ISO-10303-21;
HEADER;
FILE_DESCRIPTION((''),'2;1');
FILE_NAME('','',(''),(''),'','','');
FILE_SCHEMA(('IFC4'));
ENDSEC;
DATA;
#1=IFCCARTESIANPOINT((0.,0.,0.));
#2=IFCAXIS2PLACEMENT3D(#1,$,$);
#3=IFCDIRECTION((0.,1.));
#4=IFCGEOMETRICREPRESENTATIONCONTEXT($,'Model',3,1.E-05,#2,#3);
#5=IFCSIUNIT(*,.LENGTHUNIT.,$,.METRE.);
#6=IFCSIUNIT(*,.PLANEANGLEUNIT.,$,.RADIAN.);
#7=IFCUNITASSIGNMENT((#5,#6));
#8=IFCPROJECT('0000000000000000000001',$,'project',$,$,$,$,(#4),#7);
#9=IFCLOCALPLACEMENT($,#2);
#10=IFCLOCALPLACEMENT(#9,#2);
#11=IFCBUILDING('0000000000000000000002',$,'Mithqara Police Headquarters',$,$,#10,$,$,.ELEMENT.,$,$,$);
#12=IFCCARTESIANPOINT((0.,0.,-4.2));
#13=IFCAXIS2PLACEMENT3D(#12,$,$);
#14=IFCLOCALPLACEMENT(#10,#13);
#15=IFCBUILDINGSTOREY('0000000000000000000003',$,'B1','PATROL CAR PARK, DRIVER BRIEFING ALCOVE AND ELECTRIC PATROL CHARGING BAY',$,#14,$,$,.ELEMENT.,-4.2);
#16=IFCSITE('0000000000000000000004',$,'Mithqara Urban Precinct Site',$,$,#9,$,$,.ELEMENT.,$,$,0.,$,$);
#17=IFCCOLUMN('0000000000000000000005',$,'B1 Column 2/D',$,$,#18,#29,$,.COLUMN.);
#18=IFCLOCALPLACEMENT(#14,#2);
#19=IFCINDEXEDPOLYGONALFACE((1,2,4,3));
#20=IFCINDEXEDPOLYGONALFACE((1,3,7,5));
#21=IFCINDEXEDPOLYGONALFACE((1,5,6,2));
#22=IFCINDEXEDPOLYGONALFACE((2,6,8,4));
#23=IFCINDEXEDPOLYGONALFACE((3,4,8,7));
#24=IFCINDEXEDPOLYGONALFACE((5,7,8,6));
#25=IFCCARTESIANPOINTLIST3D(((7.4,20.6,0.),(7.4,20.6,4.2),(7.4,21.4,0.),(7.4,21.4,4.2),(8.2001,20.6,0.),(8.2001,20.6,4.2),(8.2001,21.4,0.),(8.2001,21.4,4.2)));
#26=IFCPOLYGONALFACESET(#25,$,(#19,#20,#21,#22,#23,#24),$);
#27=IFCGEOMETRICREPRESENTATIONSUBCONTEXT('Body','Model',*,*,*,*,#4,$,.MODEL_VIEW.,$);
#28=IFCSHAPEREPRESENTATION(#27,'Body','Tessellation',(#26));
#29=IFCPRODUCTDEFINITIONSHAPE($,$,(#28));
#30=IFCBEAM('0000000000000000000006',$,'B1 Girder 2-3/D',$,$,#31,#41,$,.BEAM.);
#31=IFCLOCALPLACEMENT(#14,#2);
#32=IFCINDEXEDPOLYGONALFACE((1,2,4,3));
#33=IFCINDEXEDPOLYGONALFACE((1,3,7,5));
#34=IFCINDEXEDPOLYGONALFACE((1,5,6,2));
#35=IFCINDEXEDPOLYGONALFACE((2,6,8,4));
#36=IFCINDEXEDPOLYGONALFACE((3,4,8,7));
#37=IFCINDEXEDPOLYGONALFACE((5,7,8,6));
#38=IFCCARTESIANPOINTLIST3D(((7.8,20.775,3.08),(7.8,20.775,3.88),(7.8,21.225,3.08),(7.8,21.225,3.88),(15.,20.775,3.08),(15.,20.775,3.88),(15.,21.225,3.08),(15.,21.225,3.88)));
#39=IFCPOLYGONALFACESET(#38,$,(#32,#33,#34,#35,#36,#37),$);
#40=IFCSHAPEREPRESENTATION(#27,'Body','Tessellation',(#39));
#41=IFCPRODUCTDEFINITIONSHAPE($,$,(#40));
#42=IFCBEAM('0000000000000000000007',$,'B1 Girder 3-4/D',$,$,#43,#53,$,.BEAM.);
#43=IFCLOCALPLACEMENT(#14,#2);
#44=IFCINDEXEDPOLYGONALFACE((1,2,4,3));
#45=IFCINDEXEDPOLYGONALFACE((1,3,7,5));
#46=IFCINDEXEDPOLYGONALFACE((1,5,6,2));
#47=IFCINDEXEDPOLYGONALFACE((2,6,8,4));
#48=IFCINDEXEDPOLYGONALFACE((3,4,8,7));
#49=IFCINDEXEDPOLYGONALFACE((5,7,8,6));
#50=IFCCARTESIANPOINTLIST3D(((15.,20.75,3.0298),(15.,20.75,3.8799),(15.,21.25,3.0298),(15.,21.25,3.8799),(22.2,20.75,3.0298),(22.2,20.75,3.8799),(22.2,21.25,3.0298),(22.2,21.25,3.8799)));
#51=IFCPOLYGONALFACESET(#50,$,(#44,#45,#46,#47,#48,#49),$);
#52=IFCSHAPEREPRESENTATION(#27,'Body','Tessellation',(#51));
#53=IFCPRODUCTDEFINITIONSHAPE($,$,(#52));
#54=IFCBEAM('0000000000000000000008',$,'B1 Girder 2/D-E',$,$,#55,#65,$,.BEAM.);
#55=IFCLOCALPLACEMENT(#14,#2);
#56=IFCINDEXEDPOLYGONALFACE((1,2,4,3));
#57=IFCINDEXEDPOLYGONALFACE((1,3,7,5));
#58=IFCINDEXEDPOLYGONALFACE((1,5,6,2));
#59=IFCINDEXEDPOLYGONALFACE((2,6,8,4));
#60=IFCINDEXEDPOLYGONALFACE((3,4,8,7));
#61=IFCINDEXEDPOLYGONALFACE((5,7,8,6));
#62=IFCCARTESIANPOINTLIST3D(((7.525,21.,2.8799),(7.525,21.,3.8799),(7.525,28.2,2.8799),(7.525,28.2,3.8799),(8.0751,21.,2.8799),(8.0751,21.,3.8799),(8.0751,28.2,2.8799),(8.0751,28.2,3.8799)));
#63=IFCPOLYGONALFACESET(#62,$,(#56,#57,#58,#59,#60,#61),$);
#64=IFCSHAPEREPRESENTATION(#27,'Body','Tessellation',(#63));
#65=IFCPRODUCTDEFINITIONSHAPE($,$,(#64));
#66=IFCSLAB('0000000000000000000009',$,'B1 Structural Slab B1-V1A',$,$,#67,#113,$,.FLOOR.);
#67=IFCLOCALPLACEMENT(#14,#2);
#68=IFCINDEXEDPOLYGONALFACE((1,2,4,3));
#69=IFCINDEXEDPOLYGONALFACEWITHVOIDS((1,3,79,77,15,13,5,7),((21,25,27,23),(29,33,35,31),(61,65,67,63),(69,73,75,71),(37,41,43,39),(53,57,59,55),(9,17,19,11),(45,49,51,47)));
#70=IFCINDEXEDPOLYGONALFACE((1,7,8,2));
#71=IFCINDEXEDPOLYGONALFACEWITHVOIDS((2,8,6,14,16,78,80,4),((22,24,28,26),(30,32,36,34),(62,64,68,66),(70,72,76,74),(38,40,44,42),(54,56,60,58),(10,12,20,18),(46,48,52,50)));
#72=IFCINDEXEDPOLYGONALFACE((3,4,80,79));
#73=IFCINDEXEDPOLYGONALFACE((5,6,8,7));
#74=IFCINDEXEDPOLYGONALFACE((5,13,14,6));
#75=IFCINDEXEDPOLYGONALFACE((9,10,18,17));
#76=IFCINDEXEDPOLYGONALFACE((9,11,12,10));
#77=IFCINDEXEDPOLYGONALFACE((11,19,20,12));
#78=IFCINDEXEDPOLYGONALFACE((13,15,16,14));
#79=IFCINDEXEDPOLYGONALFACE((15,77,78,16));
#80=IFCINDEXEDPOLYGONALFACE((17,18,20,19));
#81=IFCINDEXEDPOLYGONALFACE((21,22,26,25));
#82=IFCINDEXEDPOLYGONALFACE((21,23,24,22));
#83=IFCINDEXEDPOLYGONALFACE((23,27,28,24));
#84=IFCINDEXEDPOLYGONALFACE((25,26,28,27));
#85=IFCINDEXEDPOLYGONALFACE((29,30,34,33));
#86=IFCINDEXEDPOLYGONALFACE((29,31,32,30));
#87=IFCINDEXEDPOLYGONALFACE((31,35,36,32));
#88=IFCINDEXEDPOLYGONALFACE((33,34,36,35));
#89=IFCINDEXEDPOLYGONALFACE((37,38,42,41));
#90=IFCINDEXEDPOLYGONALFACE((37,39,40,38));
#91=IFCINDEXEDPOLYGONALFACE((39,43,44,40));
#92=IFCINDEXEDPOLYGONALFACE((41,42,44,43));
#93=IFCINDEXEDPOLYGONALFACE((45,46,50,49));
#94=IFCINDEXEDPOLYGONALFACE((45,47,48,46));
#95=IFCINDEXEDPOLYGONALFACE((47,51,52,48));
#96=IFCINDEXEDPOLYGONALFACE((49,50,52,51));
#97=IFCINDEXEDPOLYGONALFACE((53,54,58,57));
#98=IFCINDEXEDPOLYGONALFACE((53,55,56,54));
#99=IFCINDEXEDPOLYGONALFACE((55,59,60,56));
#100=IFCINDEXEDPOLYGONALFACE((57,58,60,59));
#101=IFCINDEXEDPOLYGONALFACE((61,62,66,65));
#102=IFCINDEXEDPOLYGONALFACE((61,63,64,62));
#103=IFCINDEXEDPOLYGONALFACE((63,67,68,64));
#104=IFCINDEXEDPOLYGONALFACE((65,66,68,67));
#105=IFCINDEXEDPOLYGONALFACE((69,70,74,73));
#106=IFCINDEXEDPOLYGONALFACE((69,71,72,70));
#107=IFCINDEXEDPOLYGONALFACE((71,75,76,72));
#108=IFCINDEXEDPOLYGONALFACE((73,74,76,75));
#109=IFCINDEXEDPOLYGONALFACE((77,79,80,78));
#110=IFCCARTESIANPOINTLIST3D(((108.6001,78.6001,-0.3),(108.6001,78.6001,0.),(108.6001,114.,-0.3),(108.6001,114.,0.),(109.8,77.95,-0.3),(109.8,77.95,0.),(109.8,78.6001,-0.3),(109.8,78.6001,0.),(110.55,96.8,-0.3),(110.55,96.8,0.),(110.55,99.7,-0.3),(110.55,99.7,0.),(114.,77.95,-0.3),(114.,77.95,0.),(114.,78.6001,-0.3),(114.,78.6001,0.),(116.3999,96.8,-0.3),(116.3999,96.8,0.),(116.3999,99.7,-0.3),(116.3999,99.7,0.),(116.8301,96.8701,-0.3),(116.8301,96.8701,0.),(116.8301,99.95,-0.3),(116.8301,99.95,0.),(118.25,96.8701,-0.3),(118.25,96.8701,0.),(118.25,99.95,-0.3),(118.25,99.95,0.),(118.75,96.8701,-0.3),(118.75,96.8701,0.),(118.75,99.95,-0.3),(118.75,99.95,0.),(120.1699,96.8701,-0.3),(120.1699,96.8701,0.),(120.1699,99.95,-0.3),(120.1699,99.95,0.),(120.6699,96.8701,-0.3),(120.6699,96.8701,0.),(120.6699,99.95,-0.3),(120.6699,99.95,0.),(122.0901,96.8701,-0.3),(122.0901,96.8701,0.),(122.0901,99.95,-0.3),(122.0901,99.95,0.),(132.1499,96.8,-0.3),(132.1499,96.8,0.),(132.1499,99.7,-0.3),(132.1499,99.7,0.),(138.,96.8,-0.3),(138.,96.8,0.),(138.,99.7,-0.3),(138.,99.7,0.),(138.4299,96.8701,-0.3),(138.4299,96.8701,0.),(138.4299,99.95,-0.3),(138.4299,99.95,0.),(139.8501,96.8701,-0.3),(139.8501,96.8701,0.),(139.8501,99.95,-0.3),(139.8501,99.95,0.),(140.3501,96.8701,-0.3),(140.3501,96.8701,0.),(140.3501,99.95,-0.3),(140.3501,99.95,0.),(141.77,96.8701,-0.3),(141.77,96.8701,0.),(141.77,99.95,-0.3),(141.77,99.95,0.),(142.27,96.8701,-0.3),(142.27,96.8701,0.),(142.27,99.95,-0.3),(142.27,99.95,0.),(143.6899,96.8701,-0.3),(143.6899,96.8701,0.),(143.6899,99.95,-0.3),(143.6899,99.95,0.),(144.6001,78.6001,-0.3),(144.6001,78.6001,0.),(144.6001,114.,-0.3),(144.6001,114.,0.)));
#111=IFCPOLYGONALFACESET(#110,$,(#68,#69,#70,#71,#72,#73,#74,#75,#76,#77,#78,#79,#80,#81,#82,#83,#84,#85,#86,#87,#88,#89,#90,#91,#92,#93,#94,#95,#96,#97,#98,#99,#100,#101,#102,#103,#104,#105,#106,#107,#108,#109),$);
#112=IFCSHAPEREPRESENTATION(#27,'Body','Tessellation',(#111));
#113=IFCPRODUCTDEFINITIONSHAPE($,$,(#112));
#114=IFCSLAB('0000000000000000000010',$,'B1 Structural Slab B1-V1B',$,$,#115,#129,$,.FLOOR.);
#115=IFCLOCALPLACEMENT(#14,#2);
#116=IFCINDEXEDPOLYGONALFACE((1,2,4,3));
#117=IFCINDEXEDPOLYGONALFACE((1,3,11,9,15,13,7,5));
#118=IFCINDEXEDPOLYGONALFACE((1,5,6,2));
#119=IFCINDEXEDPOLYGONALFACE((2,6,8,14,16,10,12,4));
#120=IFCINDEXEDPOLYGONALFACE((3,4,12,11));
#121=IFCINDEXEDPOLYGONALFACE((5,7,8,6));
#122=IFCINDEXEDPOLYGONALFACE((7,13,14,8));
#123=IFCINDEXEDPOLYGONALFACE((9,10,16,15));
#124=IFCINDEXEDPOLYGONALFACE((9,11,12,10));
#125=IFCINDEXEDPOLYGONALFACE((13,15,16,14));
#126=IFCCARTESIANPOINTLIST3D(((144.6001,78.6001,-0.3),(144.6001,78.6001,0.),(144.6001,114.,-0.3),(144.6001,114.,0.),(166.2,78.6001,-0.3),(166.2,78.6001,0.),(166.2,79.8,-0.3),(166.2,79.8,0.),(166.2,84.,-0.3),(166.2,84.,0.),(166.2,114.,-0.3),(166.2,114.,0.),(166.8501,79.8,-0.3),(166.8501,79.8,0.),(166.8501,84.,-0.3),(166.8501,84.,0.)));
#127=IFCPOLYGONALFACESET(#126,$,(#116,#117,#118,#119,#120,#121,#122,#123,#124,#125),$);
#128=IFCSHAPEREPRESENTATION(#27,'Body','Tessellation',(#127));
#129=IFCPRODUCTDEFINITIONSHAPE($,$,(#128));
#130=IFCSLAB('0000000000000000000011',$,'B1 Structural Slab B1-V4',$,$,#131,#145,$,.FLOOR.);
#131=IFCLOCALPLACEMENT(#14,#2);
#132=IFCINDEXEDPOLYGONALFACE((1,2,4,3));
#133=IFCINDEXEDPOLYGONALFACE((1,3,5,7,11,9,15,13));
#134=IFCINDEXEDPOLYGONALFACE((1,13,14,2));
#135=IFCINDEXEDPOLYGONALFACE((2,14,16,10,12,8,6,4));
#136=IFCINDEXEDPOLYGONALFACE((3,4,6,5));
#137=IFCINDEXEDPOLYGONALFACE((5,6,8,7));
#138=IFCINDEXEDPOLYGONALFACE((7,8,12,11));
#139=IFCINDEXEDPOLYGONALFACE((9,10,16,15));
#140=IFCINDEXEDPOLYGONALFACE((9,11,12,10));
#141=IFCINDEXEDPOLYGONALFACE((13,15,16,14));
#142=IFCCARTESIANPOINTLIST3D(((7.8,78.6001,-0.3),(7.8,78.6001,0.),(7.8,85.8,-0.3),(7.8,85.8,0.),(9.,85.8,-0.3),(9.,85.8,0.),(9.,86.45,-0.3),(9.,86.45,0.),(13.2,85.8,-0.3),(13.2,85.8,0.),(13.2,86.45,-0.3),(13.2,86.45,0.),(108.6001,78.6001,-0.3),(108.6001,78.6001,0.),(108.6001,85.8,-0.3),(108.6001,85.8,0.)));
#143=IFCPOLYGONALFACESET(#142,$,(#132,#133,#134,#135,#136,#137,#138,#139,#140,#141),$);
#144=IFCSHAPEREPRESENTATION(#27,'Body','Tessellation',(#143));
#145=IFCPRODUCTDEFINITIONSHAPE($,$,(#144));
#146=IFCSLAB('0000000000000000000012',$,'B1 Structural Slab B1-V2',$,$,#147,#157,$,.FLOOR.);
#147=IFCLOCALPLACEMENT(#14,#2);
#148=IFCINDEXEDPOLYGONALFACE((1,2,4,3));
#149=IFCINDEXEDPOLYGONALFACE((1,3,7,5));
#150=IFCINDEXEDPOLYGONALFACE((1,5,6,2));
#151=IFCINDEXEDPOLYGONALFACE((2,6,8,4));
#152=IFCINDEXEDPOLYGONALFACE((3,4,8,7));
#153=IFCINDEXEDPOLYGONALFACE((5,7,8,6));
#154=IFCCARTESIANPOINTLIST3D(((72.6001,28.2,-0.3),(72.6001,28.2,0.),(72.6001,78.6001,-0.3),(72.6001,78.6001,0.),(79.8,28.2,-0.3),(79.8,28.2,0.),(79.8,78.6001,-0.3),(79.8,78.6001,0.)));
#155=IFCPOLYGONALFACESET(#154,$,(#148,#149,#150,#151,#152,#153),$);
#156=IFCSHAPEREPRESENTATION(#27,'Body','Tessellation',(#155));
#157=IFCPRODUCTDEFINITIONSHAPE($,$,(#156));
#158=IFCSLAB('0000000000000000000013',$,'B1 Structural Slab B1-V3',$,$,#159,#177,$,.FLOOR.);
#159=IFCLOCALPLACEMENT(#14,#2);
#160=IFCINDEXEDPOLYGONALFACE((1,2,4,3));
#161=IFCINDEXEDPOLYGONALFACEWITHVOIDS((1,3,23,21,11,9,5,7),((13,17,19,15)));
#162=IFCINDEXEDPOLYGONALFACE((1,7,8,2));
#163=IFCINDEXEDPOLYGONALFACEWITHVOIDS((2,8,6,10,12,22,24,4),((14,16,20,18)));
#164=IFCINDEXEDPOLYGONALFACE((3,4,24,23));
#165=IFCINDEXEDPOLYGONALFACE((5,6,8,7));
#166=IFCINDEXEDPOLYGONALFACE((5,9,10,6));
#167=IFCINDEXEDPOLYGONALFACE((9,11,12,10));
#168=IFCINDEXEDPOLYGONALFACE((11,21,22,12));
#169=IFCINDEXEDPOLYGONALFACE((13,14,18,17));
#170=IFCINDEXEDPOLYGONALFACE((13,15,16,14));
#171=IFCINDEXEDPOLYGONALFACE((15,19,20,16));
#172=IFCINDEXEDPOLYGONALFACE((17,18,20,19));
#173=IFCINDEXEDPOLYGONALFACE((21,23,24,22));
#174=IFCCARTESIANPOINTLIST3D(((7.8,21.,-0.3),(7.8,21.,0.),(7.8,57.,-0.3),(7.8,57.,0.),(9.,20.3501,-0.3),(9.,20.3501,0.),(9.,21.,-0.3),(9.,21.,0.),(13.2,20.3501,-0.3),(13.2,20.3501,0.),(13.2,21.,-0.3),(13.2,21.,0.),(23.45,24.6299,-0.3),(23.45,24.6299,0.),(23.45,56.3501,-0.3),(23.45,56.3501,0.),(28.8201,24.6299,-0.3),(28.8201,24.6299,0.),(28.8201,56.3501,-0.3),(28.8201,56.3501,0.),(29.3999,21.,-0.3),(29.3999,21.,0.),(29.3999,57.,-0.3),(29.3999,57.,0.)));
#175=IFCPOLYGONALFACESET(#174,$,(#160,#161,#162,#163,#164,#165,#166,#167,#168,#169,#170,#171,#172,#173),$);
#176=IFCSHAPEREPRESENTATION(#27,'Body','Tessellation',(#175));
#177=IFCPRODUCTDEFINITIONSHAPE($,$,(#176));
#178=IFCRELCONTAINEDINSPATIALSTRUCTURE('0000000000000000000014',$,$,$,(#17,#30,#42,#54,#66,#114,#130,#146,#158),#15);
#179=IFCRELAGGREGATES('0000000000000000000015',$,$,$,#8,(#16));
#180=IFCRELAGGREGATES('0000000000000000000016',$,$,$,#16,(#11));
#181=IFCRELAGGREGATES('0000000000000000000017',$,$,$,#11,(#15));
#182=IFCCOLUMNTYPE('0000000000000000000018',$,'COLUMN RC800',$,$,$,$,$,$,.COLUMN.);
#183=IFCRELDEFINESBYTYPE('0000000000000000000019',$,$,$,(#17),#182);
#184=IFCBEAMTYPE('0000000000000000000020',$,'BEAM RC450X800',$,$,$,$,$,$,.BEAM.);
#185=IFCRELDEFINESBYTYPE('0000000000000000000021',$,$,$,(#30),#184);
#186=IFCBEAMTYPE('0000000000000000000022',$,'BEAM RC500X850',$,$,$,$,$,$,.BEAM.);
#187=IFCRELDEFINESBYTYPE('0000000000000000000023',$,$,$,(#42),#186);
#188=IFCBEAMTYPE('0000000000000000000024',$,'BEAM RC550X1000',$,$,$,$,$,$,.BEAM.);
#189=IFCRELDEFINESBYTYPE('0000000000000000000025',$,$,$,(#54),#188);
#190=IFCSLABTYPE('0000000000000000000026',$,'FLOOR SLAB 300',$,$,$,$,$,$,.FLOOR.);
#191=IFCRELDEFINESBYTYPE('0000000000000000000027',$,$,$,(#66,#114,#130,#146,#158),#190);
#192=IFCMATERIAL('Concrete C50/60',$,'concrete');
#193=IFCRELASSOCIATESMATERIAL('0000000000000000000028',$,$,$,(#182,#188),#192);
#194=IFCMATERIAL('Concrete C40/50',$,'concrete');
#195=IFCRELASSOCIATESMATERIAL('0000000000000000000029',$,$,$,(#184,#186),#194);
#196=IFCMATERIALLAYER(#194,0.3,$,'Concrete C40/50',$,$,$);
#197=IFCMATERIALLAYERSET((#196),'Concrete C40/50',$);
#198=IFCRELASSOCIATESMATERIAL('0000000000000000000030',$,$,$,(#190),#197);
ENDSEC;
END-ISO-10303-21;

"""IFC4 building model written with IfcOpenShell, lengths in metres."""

from ifc_helpers import new_model, si_unit, direction, frame, origin, origin_2d, place, context, subcontext, project, spatial, polyline, rectangle, outline, extrude, material, layer, layer_set, material_profile, profile_set, type_object, element, save


model = new_model("IFC4")

# Units and contexts
model_context = context("Model", 3, precision=1e-05, world=origin(), true_north=direction((0.0, 1.0)))
body_context = subcontext(model_context, "Body", "Model", "MODEL_VIEW")
ifc_project = project(units=[si_unit("LENGTHUNIT", "METRE"), si_unit("PLANEANGLEUNIT", "RADIAN")], contexts=[model_context])

# Site, building, storey
site_placement = place(None, origin())
site = spatial("IfcSite", under=ifc_project, at=site_placement, Name="Mithqara Urban Precinct Site", CompositionType="ELEMENT", RefElevation=0.0)
building_placement = place(site_placement, origin())
building = spatial("IfcBuilding", under=site, at=building_placement, Name="Mithqara Police Headquarters", CompositionType="ELEMENT")
storey_placement = place(building_placement, frame((0.0, 0.0, -4.2)))
storey = spatial("IfcBuildingStorey", under=building, at=storey_placement, Name="B1", Description="PATROL CAR PARK, DRIVER BRIEFING ALCOVE AND ELECTRIC PATROL CHARGING BAY", CompositionType="ELEMENT", Elevation=-4.2)

# Shared definitions
ifc_material_1 = material(Name="Concrete C40/50", Category="concrete")

# Column
ifc_material_2 = material(Name="Concrete C50/60", Category="concrete")
ifc_material_profile_1 = material_profile(ifc_material_2, rectangle(XDim=0.8, YDim=0.8, at=origin_2d()), Name="RC 800x800")
ifc_profile_set_1 = profile_set([ifc_material_profile_1], Name="Concrete C50/60")
column_type_1 = type_object("IfcColumnType", Name="COLUMN RC800", PredefinedType="COLUMN", material=ifc_profile_set_1)
column_1_placement = place(storey_placement, frame((7.8, 21.0, 0.0), z_axis=(0.0, 0.0, 1.0), x_axis=(1.0, 0.0, 0.0)))
element("IfcColumn", 1, at=column_1_placement, inside=storey, type_object=column_type_1, Name="B1 Column 2/D", PredefinedType="COLUMN", context=body_context, shape_type="SweptSolid", body=[
    extrude(rectangle(XDim=0.8, YDim=0.8, at=origin_2d()), origin(), (0.0, 0.0, 1.0), 4.2),
])

# Beams
ifc_material_profile_2 = material_profile(ifc_material_1, rectangle(XDim=0.45, YDim=0.8, at=origin_2d()), Name="RC 450x800")
ifc_profile_set_2 = profile_set([ifc_material_profile_2], Name="Concrete C40/50")
beam_type_1 = type_object("IfcBeamType", Name="BEAM RC450X800", PredefinedType="BEAM", material=ifc_profile_set_2)
beam_1_placement = place(storey_placement, frame((7.8, 21.0, 3.48), z_axis=(1.0, 0.0, 0.0), x_axis=(0.0, 1.0, 0.0)))
element("IfcBeam", 2, at=beam_1_placement, inside=storey, type_object=beam_type_1, Name="B1 Girder 2-3/D", PredefinedType="BEAM", context=body_context, shape_type="SweptSolid", body=[
    extrude(rectangle(XDim=0.45, YDim=0.8, at=origin_2d()), origin(), (0.0, 0.0, 1.0), 7.2),
])
ifc_material_profile_3 = material_profile(ifc_material_1, rectangle(XDim=0.5, YDim=0.8501, at=origin_2d()), Name="RC 500x850")
ifc_profile_set_3 = profile_set([ifc_material_profile_3], Name="Concrete C40/50")
beam_type_2 = type_object("IfcBeamType", Name="BEAM RC500X850", PredefinedType="BEAM", material=ifc_profile_set_3)
beam_2_placement = place(storey_placement, frame((15.0, 21.0, 3.4548), z_axis=(1.0, 0.0, 0.0), x_axis=(0.0, 1.0, 0.0)))
element("IfcBeam", 3, at=beam_2_placement, inside=storey, type_object=beam_type_2, Name="B1 Girder 3-4/D", PredefinedType="BEAM", context=body_context, shape_type="SweptSolid", body=[
    extrude(rectangle(XDim=0.5, YDim=0.8501, at=origin_2d()), origin(), (0.0, 0.0, 1.0), 7.2),
])
ifc_material_profile_4 = material_profile(ifc_material_2, rectangle(XDim=0.55, YDim=1.0, at=origin_2d()), Name="RC 550x1000")
ifc_profile_set_4 = profile_set([ifc_material_profile_4], Name="Concrete C50/60")
beam_type_3 = type_object("IfcBeamType", Name="BEAM RC550X1000", PredefinedType="BEAM", material=ifc_profile_set_4)
beam_3_placement = place(storey_placement, frame((7.8, 21.0, 3.3799), z_axis=(0.0, 1.0, 0.0), x_axis=(-1.0, 0.0, 0.0)))
element("IfcBeam", 4, at=beam_3_placement, inside=storey, type_object=beam_type_3, Name="B1 Girder 2/D-E", PredefinedType="BEAM", context=body_context, shape_type="SweptSolid", body=[
    extrude(rectangle(XDim=0.55, YDim=1.0, at=origin_2d()), origin(), (0.0, 0.0, 1.0), 7.2),
])

# Slabs
ifc_layer_1 = layer(ifc_material_1, 0.3, Name="Concrete C40/50")
ifc_layer_set_1 = layer_set([ifc_layer_1], Name="Concrete C40/50")
slab_type_1 = type_object("IfcSlabType", Name="FLOOR SLAB 300", PredefinedType="FLOOR", material=ifc_layer_set_1)
slab_1_placement = place(storey_placement, frame((0.0, 0.0, -0.3)))
element("IfcSlab", 5, at=slab_1_placement, inside=storey, type_object=slab_type_1, Name="B1 Structural Slab B1-V1A", PredefinedType="FLOOR", context=body_context, shape_type="SweptSolid", body=[
    extrude(outline(polyline([(109.8, 78.6001), (108.6001, 78.6001), (108.6001, 114.0), (144.6001, 114.0), (144.6001, 78.6001), (114.0, 78.6001), (114.0, 77.95), (109.8, 77.95), (109.8, 78.6001)]), holes=[polyline([(110.55, 96.8), (116.3999, 96.8), (116.3999, 99.7), (110.55, 99.7), (110.55, 96.8)]), polyline([(132.1499, 96.8), (138.0, 96.8), (138.0, 99.7), (132.1499, 99.7), (132.1499, 96.8)]), polyline([(118.25, 96.8701), (118.25, 99.95), (116.8301, 99.95), (116.8301, 96.8701), (118.25, 96.8701)]), polyline([(120.1699, 96.8701), (120.1699, 99.95), (118.75, 99.95), (118.75, 96.8701), (120.1699, 96.8701)]), polyline([(122.0901, 96.8701), (122.0901, 99.95), (120.6699, 99.95), (120.6699, 96.8701), (122.0901, 96.8701)]), polyline([(139.8501, 96.8701), (139.8501, 99.95), (138.4299, 99.95), (138.4299, 96.8701), (139.8501, 96.8701)]), polyline([(141.77, 96.8701), (141.77, 99.95), (140.3501, 99.95), (140.3501, 96.8701), (141.77, 96.8701)]), polyline([(143.6899, 96.8701), (143.6899, 99.95), (142.27, 99.95), (142.27, 96.8701), (143.6899, 96.8701)])]), origin(), (0.0, 0.0, 1.0), 0.3),
])
slab_2_placement = place(storey_placement, frame((0.0, 0.0, -0.3)))
element("IfcSlab", 6, at=slab_2_placement, inside=storey, type_object=slab_type_1, Name="B1 Structural Slab B1-V1B", PredefinedType="FLOOR", context=body_context, shape_type="SweptSolid", body=[
    extrude(outline(polyline([(166.8501, 84.0), (166.8501, 79.8), (166.2, 79.8), (166.2, 78.6001), (144.6001, 78.6001), (144.6001, 114.0), (166.2, 114.0), (166.2, 84.0), (166.8501, 84.0)])), origin(), (0.0, 0.0, 1.0), 0.3),
])
slab_3_placement = place(storey_placement, frame((0.0, 0.0, -0.3)))
element("IfcSlab", 7, at=slab_3_placement, inside=storey, type_object=slab_type_1, Name="B1 Structural Slab B1-V4", PredefinedType="FLOOR", context=body_context, shape_type="SweptSolid", body=[
    extrude(outline(polyline([(7.8, 78.6001), (7.8, 85.8), (9.0, 85.8), (9.0, 86.45), (13.2, 86.45), (13.2, 85.8), (108.6001, 85.8), (108.6001, 78.6001), (7.8, 78.6001)])), origin(), (0.0, 0.0, 1.0), 0.3),
])
slab_4_placement = place(storey_placement, frame((0.0, 0.0, -0.3)))
element("IfcSlab", 8, at=slab_4_placement, inside=storey, type_object=slab_type_1, Name="B1 Structural Slab B1-V2", PredefinedType="FLOOR", context=body_context, shape_type="SweptSolid", body=[
    extrude(outline(polyline([(79.8, 28.2), (72.6001, 28.2), (72.6001, 78.6001), (79.8, 78.6001), (79.8, 28.2)])), origin(), (0.0, 0.0, 1.0), 0.3),
])
slab_5_placement = place(storey_placement, frame((0.0, 0.0, -0.3)))
element("IfcSlab", 9, at=slab_5_placement, inside=storey, type_object=slab_type_1, Name="B1 Structural Slab B1-V3", PredefinedType="FLOOR", context=body_context, shape_type="SweptSolid", body=[
    extrude(outline(polyline([(9.0, 21.0), (7.8, 21.0), (7.8, 57.0), (29.3999, 57.0), (29.3999, 21.0), (13.2, 21.0), (13.2, 20.3501), (9.0, 20.3501), (9.0, 21.0)]), holes=[polyline([(28.8201, 24.6299), (28.8201, 56.3501), (23.45, 56.3501), (23.45, 24.6299), (28.8201, 24.6299)])]), origin(), (0.0, 0.0, 1.0), 0.3),
])

save(model, "model.ifc")
